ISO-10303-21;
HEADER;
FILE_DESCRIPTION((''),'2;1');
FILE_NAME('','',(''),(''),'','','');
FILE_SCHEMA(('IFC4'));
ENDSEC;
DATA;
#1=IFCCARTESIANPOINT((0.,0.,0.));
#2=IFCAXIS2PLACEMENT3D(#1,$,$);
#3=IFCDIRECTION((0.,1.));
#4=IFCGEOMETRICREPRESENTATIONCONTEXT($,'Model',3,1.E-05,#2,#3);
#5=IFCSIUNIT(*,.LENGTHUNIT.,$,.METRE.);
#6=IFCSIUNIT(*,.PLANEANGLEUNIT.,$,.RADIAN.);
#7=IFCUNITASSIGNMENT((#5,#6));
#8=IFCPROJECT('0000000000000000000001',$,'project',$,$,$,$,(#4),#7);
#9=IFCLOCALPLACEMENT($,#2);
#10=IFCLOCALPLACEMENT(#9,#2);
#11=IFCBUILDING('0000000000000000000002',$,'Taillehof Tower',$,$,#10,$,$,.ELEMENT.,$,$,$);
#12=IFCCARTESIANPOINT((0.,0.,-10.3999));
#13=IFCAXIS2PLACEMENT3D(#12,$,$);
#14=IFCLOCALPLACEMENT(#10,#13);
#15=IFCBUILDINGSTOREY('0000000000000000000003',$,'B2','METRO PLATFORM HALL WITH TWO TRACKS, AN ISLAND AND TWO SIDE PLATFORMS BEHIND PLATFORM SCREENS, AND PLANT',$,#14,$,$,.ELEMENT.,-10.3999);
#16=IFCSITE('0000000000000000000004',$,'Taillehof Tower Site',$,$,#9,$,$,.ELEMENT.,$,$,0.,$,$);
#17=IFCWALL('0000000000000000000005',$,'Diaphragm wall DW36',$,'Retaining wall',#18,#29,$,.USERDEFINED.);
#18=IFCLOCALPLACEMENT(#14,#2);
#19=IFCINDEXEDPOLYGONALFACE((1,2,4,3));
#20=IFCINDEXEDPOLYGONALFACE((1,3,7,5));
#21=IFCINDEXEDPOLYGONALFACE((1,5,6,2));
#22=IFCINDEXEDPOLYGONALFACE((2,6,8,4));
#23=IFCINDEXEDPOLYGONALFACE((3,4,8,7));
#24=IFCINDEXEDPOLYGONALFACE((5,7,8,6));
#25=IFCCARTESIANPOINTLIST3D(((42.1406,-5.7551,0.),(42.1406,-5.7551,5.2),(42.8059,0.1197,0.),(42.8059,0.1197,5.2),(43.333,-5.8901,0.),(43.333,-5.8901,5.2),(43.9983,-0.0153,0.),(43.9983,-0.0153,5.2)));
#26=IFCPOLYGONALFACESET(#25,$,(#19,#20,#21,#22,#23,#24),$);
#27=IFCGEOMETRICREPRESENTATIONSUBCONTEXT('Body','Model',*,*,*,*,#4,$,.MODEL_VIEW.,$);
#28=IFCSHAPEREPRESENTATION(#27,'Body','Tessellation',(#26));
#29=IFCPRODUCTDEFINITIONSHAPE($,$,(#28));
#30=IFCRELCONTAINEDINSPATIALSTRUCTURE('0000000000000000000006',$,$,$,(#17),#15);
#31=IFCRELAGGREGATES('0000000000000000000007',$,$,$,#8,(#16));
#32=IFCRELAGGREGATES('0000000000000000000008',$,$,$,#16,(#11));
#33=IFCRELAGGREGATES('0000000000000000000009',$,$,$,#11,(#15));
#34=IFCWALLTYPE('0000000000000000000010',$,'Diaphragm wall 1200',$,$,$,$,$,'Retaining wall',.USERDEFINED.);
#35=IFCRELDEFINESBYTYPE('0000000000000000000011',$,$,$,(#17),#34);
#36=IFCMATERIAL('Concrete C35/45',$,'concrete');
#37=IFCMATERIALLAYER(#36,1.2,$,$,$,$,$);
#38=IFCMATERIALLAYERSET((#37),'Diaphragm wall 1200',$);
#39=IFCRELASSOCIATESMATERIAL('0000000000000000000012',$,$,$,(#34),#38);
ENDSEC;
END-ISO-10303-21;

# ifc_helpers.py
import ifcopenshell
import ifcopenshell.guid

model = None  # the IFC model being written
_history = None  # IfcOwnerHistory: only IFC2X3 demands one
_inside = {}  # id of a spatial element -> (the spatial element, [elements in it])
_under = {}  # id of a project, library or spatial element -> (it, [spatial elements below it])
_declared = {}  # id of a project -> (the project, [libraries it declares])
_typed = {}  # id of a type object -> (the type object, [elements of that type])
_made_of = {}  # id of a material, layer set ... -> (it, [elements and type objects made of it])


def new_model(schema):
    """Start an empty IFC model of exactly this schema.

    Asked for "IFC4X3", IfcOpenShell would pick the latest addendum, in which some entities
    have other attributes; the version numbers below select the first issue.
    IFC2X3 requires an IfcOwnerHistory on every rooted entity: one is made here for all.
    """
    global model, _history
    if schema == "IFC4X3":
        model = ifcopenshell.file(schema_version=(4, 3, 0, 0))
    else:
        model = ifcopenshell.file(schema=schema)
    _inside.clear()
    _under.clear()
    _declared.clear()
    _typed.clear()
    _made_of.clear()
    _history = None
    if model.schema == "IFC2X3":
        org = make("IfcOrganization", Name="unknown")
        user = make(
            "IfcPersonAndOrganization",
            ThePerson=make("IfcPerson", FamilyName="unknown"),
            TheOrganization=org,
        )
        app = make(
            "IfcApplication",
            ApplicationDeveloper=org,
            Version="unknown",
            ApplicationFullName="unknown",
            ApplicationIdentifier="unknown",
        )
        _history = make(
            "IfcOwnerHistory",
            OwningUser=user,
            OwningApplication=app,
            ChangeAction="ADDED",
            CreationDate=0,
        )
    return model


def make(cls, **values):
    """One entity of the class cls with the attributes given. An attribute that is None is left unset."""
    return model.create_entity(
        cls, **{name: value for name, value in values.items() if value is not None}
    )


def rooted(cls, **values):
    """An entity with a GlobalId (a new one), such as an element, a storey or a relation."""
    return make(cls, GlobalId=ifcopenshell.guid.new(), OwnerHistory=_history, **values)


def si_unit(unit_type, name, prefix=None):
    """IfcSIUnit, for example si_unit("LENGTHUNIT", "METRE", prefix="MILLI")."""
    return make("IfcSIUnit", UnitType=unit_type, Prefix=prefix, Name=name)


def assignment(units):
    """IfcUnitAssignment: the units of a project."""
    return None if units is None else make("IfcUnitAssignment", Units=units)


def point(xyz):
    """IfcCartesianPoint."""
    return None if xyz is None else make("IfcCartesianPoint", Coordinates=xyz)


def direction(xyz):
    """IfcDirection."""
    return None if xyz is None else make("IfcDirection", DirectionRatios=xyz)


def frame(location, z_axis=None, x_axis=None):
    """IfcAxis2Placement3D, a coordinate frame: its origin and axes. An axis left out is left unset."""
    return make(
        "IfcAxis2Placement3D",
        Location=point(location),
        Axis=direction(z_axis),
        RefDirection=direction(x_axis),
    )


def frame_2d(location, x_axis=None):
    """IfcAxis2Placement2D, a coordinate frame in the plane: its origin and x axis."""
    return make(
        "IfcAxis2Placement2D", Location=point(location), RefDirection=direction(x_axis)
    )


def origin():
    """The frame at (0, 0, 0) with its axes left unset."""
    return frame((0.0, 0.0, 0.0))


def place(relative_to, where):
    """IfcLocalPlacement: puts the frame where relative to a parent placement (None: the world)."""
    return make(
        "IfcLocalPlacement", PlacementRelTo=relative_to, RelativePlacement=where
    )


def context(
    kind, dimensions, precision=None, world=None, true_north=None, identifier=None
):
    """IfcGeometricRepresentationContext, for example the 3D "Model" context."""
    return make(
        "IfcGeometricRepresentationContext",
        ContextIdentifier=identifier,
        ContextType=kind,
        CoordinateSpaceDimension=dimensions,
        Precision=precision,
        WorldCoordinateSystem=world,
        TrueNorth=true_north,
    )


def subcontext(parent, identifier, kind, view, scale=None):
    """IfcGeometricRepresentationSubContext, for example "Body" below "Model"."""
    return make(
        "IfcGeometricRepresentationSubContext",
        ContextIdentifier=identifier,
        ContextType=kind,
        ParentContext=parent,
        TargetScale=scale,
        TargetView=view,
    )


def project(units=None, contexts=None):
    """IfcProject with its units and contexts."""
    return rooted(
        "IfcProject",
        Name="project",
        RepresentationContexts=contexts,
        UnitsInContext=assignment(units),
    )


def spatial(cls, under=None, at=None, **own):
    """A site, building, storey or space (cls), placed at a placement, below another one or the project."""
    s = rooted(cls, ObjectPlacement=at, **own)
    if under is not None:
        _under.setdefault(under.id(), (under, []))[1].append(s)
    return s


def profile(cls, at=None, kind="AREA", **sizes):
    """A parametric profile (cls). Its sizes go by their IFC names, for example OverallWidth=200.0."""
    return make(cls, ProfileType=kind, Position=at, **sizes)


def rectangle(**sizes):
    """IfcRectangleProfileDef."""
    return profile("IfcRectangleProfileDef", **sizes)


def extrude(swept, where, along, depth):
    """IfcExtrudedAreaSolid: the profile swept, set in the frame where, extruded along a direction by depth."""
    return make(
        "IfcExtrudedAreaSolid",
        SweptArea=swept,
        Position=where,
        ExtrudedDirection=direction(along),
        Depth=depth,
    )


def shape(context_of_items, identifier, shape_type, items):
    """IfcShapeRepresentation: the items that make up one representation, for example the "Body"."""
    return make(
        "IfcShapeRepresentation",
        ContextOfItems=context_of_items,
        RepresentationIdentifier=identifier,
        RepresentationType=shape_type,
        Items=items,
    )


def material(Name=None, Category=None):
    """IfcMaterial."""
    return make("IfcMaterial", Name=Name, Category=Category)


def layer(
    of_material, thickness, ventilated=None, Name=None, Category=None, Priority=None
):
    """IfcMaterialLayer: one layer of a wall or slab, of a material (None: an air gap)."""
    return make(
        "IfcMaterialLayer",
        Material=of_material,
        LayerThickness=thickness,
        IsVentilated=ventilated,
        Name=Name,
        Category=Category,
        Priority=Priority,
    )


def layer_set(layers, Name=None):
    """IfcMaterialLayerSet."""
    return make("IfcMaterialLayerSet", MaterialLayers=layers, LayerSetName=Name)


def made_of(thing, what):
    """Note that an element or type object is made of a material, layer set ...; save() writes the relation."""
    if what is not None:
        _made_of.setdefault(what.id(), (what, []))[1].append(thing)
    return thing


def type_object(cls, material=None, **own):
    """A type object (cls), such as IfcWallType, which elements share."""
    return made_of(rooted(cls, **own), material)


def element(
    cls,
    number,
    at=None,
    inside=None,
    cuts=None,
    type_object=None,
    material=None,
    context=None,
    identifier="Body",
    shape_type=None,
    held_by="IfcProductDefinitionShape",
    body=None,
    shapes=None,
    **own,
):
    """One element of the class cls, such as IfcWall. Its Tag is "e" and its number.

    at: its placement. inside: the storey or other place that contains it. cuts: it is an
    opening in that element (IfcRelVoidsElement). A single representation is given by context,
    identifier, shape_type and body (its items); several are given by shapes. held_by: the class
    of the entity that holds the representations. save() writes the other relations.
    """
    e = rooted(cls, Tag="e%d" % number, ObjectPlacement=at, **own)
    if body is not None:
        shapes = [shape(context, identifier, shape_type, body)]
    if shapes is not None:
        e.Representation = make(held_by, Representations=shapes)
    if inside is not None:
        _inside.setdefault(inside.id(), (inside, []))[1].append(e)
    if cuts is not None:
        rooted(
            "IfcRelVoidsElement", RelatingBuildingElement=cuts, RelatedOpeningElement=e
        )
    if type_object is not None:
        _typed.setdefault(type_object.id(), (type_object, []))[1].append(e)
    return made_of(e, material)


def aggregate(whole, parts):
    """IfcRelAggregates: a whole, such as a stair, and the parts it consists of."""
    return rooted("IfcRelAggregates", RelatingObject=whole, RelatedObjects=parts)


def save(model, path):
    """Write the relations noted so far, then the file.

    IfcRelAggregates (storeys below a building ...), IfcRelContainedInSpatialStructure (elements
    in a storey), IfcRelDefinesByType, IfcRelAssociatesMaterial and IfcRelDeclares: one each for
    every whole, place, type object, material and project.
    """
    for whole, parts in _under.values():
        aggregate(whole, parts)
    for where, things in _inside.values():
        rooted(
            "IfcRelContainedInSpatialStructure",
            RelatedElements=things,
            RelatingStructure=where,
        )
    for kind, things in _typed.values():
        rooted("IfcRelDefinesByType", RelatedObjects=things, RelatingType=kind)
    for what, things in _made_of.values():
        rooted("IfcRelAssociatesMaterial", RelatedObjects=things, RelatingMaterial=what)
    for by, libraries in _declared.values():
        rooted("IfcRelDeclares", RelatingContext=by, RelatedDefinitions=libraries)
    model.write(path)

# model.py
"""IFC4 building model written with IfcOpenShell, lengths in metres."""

from ifc_helpers import new_model, si_unit, direction, frame, frame_2d, origin, place, context, subcontext, project, spatial, rectangle, extrude, material, layer, layer_set, type_object, element, save


model = new_model("IFC4")

# Units and contexts
model_context = context("Model", 3, precision=1e-05, world=origin(), true_north=direction((0.0, 1.0)))
body_context = subcontext(model_context, "Body", "Model", "MODEL_VIEW")
ifc_project = project(units=[si_unit("LENGTHUNIT", "METRE"), si_unit("PLANEANGLEUNIT", "RADIAN")], contexts=[model_context])

# Site, building, storey
site_placement = place(None, origin())
site = spatial("IfcSite", under=ifc_project, at=site_placement, Name="Taillehof Tower Site", CompositionType="ELEMENT", RefElevation=0.0)
building_placement = place(site_placement, origin())
building = spatial("IfcBuilding", under=site, at=building_placement, Name="Taillehof Tower", CompositionType="ELEMENT")
storey_placement = place(building_placement, frame((0.0, 0.0, -10.3999)))
storey = spatial("IfcBuildingStorey", under=building, at=storey_placement, Name="B2", Description="METRO PLATFORM HALL WITH TWO TRACKS, AN ISLAND AND TWO SIDE PLATFORMS BEHIND PLATFORM SCREENS, AND PLANT", CompositionType="ELEMENT", Elevation=-10.3999)

# Wall
ifc_material_1 = material(Name="Concrete C35/45", Category="concrete")
ifc_layer = layer(ifc_material_1, 1.2)
ifc_layer_set = layer_set([ifc_layer], Name="Diaphragm wall 1200")
wall_type = type_object("IfcWallType", Name="Diaphragm wall 1200", ElementType="Retaining wall", PredefinedType="USERDEFINED", material=ifc_layer_set)
wall_1_placement = place(storey_placement, frame((42.7368, -5.8225, 0.0), z_axis=(0.0, 0.0, 1.0), x_axis=(0.112525, 0.993649, 0.0)))
element("IfcWall", 1, at=wall_1_placement, inside=storey, type_object=wall_type, Name="Diaphragm wall DW36", ObjectType="Retaining wall", PredefinedType="USERDEFINED", context=body_context, shape_type="SweptSolid", body=[
    extrude(rectangle(XDim=5.9124, YDim=1.2, at=frame_2d((2.9561, 0.0))), origin(), (0.0, 0.0, 1.0), 5.2),
])

save(model, "model.ifc")
